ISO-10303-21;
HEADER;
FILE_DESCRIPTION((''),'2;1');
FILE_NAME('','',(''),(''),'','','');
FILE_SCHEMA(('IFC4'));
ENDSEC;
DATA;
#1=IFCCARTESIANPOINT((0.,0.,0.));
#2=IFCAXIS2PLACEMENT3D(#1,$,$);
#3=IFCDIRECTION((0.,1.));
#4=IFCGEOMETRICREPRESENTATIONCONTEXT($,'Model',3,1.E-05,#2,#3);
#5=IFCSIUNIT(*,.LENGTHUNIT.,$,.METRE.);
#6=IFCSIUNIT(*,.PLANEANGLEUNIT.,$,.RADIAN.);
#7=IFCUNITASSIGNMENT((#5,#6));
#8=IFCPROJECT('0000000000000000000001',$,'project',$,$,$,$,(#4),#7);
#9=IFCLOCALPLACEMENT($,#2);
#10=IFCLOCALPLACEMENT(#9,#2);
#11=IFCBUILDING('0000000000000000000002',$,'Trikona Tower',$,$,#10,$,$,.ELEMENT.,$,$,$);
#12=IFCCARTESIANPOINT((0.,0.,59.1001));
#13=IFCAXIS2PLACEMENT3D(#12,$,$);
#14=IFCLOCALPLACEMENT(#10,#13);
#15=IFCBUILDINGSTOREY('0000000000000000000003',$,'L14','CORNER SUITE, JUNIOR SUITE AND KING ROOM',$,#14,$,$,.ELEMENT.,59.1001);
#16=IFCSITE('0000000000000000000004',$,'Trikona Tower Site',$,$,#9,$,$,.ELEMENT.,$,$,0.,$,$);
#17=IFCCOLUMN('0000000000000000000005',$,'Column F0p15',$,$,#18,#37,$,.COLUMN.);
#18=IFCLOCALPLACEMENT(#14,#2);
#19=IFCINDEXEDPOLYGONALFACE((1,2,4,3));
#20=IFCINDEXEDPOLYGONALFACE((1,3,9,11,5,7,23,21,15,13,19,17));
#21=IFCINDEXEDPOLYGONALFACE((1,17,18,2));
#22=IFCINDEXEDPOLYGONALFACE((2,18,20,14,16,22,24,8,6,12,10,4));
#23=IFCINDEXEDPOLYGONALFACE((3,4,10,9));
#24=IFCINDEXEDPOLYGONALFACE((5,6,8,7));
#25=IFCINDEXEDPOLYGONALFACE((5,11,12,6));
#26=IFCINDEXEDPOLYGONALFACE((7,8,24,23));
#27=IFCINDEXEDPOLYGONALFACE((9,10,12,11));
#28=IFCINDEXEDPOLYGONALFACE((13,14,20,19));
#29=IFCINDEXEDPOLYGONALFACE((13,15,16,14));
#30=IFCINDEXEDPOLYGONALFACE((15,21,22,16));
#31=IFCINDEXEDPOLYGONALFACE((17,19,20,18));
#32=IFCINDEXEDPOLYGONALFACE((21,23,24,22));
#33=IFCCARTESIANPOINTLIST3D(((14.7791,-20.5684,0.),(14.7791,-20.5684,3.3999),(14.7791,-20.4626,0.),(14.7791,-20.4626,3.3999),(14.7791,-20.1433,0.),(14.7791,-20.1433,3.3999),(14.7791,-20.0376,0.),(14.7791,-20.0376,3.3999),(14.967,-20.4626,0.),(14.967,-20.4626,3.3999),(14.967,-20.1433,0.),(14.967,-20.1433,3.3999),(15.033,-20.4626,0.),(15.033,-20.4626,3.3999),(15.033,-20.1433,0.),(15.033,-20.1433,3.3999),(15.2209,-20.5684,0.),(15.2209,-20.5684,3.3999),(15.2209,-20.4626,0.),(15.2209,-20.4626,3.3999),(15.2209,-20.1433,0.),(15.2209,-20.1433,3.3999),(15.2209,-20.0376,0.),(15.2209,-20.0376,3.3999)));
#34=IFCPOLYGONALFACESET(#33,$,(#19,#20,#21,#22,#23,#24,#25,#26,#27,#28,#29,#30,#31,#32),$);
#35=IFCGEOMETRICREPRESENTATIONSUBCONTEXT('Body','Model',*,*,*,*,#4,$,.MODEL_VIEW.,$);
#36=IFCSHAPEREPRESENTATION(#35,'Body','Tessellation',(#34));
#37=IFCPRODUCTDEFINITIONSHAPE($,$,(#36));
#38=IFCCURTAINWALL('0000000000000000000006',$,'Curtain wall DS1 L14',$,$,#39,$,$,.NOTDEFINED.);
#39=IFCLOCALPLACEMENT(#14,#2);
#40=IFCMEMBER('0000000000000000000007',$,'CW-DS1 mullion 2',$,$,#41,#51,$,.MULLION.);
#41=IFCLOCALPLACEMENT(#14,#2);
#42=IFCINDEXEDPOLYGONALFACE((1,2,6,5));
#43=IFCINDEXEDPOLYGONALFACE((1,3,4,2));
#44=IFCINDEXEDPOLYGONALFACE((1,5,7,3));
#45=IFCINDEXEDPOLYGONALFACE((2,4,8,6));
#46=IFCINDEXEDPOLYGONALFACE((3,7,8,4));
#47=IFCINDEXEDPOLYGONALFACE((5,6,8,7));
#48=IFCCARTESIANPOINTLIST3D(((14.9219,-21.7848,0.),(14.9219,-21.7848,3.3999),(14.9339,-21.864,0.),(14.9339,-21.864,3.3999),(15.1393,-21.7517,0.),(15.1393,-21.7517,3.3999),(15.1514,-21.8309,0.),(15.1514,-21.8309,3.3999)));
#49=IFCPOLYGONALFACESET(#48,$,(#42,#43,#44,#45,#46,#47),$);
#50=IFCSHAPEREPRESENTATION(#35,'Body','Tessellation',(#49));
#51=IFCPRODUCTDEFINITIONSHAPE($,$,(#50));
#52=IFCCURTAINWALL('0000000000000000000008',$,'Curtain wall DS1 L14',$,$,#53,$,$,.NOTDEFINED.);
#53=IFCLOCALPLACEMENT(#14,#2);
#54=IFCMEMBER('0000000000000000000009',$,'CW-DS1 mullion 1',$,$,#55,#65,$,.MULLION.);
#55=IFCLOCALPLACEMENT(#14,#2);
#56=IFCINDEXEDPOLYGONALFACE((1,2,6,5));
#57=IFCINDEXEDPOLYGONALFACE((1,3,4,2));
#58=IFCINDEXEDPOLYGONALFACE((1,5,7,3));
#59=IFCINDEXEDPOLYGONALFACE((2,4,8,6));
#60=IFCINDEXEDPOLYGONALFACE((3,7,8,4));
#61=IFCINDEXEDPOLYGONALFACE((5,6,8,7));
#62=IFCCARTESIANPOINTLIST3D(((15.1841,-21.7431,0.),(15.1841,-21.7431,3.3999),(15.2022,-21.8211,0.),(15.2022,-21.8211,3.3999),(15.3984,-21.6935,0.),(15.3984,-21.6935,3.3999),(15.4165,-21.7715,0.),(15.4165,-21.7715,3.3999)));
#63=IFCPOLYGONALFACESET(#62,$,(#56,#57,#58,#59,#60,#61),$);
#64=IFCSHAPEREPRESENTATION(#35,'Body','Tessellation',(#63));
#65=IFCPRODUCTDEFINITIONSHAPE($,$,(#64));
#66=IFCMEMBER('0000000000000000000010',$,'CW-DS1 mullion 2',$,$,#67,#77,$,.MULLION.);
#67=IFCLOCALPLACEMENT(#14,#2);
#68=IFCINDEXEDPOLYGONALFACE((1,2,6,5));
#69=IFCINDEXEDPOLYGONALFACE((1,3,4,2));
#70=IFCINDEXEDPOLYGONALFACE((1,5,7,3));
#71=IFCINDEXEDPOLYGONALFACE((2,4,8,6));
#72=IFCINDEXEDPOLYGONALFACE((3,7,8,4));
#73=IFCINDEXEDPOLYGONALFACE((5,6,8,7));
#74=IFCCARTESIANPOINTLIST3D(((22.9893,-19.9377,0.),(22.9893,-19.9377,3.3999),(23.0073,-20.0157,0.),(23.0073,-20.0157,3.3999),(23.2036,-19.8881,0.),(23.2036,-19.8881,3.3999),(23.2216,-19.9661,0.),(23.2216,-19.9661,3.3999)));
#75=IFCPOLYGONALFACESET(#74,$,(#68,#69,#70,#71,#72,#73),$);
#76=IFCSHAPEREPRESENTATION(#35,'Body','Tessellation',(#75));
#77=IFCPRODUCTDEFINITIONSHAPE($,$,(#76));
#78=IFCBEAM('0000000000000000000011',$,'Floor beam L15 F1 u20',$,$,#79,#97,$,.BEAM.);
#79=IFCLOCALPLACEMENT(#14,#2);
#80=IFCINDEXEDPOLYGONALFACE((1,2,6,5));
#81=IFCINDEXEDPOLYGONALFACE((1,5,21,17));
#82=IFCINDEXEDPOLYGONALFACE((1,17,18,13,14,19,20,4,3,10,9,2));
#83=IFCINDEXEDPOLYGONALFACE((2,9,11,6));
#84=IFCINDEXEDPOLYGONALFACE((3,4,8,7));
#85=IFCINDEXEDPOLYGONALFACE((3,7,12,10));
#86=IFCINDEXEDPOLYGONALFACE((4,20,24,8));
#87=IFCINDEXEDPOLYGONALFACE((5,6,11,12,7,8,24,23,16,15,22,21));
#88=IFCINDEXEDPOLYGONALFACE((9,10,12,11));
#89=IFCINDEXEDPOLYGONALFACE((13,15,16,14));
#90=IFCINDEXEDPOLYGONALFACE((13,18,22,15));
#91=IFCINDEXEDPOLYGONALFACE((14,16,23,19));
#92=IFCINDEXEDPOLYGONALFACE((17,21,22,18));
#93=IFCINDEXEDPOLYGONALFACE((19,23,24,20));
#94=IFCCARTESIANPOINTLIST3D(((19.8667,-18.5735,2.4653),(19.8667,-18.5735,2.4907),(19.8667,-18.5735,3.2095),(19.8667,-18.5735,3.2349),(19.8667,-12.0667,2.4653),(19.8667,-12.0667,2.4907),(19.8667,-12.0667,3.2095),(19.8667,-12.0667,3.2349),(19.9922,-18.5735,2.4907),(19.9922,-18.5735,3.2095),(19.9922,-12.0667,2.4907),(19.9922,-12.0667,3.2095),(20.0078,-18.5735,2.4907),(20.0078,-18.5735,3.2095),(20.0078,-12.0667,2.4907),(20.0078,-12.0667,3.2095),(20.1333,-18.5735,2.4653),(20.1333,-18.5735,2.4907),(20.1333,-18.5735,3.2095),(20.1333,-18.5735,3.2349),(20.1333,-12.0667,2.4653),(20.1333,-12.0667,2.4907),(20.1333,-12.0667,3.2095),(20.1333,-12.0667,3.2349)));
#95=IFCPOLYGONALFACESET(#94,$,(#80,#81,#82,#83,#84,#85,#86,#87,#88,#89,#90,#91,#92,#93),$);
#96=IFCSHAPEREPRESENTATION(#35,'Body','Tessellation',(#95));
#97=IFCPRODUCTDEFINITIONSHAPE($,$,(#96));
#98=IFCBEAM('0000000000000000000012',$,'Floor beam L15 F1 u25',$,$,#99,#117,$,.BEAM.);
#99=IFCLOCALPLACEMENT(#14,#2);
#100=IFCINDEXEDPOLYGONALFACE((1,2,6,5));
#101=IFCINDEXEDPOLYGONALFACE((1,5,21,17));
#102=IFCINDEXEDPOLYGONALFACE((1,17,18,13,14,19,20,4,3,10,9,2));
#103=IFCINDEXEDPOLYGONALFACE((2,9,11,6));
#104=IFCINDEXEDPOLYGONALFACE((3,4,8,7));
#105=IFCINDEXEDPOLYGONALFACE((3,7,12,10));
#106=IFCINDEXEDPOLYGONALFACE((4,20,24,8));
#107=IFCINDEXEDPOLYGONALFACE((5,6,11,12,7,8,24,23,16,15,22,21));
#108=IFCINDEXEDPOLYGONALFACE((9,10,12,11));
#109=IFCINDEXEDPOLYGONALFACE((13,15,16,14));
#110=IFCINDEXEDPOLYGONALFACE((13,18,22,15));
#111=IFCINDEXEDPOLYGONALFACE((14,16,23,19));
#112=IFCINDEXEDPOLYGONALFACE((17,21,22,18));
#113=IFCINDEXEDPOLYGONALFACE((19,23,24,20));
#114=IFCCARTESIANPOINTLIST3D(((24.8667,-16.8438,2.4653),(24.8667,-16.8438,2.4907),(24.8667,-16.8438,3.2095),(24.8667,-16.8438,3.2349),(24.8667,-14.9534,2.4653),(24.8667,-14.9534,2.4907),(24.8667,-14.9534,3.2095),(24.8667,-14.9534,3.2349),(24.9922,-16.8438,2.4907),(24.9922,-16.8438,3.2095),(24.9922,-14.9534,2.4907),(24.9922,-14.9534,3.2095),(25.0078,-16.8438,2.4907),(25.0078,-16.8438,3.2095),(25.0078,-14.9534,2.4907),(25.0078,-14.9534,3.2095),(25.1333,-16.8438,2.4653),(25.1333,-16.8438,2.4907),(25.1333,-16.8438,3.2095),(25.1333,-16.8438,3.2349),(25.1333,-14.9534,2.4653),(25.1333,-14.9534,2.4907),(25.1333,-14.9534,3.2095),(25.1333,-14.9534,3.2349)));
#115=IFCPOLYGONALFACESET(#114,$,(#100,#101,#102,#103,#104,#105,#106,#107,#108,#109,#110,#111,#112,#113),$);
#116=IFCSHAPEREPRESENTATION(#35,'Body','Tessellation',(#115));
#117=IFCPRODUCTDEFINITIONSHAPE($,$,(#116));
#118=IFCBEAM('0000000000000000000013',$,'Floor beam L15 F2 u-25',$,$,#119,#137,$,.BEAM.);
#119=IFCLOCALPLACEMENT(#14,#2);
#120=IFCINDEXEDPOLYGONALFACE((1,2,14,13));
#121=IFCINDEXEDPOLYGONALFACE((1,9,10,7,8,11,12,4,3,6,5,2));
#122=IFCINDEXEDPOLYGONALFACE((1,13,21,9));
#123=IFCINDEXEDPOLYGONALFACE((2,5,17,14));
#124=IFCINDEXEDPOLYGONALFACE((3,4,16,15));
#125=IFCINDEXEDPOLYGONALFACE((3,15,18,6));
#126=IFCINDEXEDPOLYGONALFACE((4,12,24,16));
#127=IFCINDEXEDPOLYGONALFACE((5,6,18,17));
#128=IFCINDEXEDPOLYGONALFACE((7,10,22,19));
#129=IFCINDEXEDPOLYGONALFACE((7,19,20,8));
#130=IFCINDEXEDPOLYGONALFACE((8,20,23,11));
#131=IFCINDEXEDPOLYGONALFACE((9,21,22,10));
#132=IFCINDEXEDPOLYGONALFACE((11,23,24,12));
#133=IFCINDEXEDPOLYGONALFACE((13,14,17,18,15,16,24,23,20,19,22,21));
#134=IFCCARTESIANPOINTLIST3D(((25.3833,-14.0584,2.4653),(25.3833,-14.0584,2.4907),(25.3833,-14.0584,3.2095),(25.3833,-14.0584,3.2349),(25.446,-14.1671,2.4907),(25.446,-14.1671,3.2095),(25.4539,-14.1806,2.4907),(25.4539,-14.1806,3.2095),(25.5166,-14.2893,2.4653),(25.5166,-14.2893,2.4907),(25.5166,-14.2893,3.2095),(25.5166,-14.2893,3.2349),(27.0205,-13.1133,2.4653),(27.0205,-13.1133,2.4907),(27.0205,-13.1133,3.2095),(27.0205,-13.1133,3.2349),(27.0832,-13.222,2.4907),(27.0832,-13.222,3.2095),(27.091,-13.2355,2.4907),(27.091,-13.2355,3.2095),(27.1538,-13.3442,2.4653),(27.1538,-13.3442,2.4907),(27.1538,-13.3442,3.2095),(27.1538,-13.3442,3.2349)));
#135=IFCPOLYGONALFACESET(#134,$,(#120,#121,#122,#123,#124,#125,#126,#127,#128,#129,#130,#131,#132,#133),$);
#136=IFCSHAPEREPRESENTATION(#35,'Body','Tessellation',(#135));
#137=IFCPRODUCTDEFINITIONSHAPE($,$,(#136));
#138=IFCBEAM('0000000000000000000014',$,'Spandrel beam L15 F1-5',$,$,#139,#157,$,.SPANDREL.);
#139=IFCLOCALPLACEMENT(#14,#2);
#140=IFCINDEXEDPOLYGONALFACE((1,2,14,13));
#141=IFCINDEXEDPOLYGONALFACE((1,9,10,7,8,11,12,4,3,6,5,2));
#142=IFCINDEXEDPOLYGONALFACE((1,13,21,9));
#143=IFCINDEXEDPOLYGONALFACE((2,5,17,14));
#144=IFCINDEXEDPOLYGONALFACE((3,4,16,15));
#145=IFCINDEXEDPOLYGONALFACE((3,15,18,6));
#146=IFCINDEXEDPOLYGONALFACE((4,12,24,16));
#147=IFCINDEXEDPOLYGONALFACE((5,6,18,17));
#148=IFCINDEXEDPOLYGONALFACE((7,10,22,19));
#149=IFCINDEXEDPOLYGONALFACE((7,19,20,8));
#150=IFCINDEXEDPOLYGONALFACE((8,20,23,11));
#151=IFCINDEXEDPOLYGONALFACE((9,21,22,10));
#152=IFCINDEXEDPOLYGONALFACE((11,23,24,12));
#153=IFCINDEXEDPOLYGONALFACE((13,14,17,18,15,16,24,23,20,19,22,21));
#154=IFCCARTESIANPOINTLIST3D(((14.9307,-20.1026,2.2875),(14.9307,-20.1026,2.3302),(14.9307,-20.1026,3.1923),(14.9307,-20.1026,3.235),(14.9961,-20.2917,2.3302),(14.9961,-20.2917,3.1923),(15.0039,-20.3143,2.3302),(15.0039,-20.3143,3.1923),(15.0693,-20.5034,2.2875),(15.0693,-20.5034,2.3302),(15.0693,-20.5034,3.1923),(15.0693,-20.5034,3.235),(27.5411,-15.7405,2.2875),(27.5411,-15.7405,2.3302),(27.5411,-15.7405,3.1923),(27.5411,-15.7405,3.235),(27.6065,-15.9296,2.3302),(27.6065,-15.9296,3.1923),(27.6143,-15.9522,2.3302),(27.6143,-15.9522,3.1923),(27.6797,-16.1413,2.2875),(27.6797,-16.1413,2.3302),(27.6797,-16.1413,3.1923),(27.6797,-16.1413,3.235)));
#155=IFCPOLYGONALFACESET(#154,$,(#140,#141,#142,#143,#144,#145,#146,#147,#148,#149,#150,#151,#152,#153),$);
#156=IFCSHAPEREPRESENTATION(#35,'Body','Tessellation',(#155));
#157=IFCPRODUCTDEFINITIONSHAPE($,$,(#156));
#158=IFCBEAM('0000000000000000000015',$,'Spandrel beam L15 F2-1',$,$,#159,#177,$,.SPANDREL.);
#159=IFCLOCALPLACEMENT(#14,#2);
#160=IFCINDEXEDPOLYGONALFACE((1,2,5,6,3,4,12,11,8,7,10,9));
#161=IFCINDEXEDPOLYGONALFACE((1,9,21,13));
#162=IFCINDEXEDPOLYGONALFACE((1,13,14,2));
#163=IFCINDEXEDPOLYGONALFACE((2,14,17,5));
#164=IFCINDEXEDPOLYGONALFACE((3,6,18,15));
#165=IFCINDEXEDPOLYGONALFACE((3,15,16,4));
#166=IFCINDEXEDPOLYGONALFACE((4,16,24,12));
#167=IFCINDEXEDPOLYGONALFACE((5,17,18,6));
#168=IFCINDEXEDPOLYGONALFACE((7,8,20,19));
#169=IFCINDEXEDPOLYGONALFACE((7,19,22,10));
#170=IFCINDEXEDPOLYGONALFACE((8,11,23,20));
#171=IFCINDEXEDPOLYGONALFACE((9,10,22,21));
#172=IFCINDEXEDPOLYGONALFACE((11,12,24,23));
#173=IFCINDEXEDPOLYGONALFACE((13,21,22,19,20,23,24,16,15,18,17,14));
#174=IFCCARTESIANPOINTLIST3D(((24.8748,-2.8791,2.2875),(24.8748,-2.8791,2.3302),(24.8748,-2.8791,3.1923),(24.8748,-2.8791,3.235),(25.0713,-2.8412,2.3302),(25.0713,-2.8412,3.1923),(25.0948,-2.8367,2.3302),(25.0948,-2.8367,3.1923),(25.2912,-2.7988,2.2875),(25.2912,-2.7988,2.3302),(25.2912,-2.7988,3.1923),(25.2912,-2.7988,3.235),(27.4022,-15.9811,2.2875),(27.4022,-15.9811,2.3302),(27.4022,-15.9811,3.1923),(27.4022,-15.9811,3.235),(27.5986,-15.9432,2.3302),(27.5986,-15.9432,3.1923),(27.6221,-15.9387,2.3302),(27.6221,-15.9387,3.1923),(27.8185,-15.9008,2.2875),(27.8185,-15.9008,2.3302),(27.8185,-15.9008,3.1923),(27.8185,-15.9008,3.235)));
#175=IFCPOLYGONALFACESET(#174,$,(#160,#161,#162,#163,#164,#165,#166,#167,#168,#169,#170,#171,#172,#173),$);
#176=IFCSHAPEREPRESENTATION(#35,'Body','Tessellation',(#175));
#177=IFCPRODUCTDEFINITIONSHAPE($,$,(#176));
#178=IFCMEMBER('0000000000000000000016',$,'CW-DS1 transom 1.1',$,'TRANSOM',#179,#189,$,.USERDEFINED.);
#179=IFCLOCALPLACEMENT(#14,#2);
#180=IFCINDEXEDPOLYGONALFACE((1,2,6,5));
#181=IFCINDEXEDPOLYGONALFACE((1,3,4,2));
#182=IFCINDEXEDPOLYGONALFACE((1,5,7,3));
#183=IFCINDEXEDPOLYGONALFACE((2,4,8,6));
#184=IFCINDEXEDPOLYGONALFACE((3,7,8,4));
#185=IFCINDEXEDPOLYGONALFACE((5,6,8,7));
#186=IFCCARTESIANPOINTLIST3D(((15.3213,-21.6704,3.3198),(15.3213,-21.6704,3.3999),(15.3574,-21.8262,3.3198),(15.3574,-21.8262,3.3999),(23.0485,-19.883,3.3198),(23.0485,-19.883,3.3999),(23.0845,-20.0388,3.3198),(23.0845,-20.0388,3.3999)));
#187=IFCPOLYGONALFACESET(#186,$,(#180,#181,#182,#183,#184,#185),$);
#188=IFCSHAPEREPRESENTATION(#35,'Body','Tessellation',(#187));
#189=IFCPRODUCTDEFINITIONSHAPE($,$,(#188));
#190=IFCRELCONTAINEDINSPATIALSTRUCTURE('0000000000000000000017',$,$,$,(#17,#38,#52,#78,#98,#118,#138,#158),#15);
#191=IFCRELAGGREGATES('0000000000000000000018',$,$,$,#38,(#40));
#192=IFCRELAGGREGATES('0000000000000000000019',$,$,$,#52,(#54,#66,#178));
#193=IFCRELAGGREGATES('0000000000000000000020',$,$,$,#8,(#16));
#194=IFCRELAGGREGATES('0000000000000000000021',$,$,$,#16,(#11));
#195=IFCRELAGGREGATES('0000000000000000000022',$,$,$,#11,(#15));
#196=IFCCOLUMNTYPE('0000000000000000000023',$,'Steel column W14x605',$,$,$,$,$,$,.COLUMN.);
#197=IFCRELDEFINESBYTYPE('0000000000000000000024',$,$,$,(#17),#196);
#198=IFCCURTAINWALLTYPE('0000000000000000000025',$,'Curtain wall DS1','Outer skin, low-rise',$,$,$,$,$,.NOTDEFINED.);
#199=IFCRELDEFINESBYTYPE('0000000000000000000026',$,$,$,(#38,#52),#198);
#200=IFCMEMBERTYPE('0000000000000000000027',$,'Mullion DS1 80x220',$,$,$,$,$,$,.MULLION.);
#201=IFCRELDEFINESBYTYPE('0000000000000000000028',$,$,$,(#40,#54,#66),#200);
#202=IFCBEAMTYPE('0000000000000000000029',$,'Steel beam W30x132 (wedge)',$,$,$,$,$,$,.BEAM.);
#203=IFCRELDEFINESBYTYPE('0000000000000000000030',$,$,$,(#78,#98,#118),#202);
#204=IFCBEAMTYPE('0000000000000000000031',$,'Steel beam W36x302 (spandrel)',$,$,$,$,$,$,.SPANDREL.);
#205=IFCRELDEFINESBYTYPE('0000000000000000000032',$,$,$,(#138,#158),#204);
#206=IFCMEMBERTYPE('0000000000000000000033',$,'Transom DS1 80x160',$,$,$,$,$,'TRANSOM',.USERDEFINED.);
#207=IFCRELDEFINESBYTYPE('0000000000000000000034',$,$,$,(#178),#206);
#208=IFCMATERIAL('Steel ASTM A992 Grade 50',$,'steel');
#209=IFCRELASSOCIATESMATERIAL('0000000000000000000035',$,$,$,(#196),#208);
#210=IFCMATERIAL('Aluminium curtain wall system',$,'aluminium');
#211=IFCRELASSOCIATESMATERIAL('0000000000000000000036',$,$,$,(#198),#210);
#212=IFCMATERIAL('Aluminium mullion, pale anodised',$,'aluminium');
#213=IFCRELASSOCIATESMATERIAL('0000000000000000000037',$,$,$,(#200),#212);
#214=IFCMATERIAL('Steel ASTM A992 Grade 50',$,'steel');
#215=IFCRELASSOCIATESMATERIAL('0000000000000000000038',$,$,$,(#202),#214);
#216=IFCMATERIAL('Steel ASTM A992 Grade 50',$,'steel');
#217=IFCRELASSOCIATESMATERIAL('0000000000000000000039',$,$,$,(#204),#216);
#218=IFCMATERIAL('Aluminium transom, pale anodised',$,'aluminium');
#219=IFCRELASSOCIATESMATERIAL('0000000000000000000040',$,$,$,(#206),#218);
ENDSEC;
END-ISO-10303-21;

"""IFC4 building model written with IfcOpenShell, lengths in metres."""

from ifc_helpers import new_model, si_unit, direction, frame, origin, origin_2d, place, context, subcontext, project, spatial, rectangle, i_section, extrude, material, material_profile, profile_set, type_object, element, aggregate, save


model = new_model("IFC4")

# Units and contexts
model_context = context("Model", 3, precision=1e-05, world=origin(), true_north=direction((0.0, 1.0)))
body_context = subcontext(model_context, "Body", "Model", "MODEL_VIEW")
ifc_project = project(units=[si_unit("LENGTHUNIT", "METRE"), si_unit("PLANEANGLEUNIT", "RADIAN")], contexts=[model_context])

# Site, building, storey
site_placement = place(None, origin())
site = spatial("IfcSite", under=ifc_project, at=site_placement, Name="Trikona Tower Site", CompositionType="ELEMENT", RefElevation=0.0)
building_placement = place(site_placement, origin())
building = spatial("IfcBuilding", under=site, at=building_placement, Name="Trikona Tower", CompositionType="ELEMENT")
storey_placement = place(building_placement, frame((0.0, 0.0, 59.1001)))
storey = spatial("IfcBuildingStorey", under=building, at=storey_placement, Name="L14", Description="CORNER SUITE, JUNIOR SUITE AND KING ROOM", CompositionType="ELEMENT", Elevation=59.1001)

# Column
ifc_material_1 = material(Name="Steel ASTM A992 Grade 50", Category="steel")
ifc_material_profile_1 = material_profile(ifc_material_1, i_section(OverallWidth=0.4419, OverallDepth=0.5308, WebThickness=0.0659, FlangeThickness=0.1057, at=origin_2d()), Name="W14X605")
ifc_profile_set_1 = profile_set([ifc_material_profile_1], Name="Steel ASTM A992 Grade 50")
column_type = type_object("IfcColumnType", Name="Steel column W14x605", PredefinedType="COLUMN", material=ifc_profile_set_1)
column_placement = place(storey_placement, frame((15.0, -20.303, 0.0), z_axis=(0.0, 0.0, 1.0), x_axis=(1.0, 0.0, 0.0)))
element("IfcColumn", 1, at=column_placement, inside=storey, type_object=column_type, Name="Column F0p15", PredefinedType="COLUMN", context=body_context, shape_type="SweptSolid", body=[
    extrude(i_section(OverallWidth=0.4419, OverallDepth=0.5308, WebThickness=0.0659, FlangeThickness=0.1057, at=origin_2d()), origin(), (0.0, 0.0, 1.0), 3.3999),
])

# Curtain wall, member
ifc_material_2 = material(Name="Aluminium curtain wall system", Category="aluminium")
curtain_wall_type = type_object("IfcCurtainWallType", Name="Curtain wall DS1", Description="Outer skin, low-rise", PredefinedType="NOTDEFINED", material=ifc_material_2)
curtain_wall_1_placement = place(storey_placement, origin())
curtain_wall_1 = element("IfcCurtainWall", 2, at=curtain_wall_1_placement, inside=storey, type_object=curtain_wall_type, Name="Curtain wall DS1 L14", PredefinedType="NOTDEFINED")
ifc_material_3 = material(Name="Aluminium mullion, pale anodised", Category="aluminium")
ifc_material_profile_2 = material_profile(ifc_material_3, rectangle(XDim=0.0801, YDim=0.22, at=origin_2d()), Name="MUL-DS1")
ifc_profile_set_2 = profile_set([ifc_material_profile_2], Name="Aluminium mullion, pale anodised")
member_type_1 = type_object("IfcMemberType", Name="Mullion DS1 80x220", PredefinedType="MULLION", material=ifc_profile_set_2)
member_1_placement = place(storey_placement, frame((15.0366, -21.8079, 0.0), z_axis=(0.0, 0.0, 1.0), x_axis=(-0.150438, 0.988619, 0.0)))
member_1 = element("IfcMember", 3, at=member_1_placement, type_object=member_type_1, Name="CW-DS1 mullion 2", PredefinedType="MULLION", context=body_context, shape_type="SweptSolid", body=[
    extrude(rectangle(XDim=0.0801, YDim=0.22, at=origin_2d()), origin(), (0.0, 0.0, 1.0), 3.3999),
])
aggregate(curtain_wall_1, [member_1])

# Curtain wall, members
curtain_wall_2_placement = place(storey_placement, origin())
curtain_wall_2 = element("IfcCurtainWall", 4, at=curtain_wall_2_placement, inside=storey, type_object=curtain_wall_type, Name="Curtain wall DS1 L14", PredefinedType="NOTDEFINED")
member_2_placement = place(storey_placement, frame((15.3003, -21.7573, 0.0), z_axis=(0.0, 0.0, 1.0), x_axis=(-0.225343, 0.974279, 0.0)))
member_2 = element("IfcMember", 5, at=member_2_placement, type_object=member_type_1, Name="CW-DS1 mullion 1", PredefinedType="MULLION", context=body_context, shape_type="SweptSolid", body=[
    extrude(rectangle(XDim=0.0801, YDim=0.22, at=origin_2d()), origin(), (0.0, 0.0, 1.0), 3.3999),
])
member_3_placement = place(storey_placement, frame((23.1055, -19.9519, 0.0), z_axis=(0.0, 0.0, 1.0), x_axis=(-0.225343, 0.974279, 0.0)))
member_3 = element("IfcMember", 6, at=member_3_placement, type_object=member_type_1, Name="CW-DS1 mullion 2", PredefinedType="MULLION", context=body_context, shape_type="SweptSolid", body=[
    extrude(rectangle(XDim=0.0801, YDim=0.22, at=origin_2d()), origin(), (0.0, 0.0, 1.0), 3.3999),
])

# Beams
ifc_material_4 = material(Name="Steel ASTM A992 Grade 50", Category="steel")
ifc_material_profile_3 = material_profile(ifc_material_4, i_section(OverallWidth=0.2666, OverallDepth=0.7695, WebThickness=0.0156, FlangeThickness=0.0254, at=origin_2d()), Name="W30X132")
ifc_profile_set_3 = profile_set([ifc_material_profile_3], Name="Steel ASTM A992 Grade 50")
beam_type_1 = type_object("IfcBeamType", Name="Steel beam W30x132 (wedge)", PredefinedType="BEAM", material=ifc_profile_set_3)
beam_placement = place(storey_placement, frame((20.0, -12.0667, 2.8501), z_axis=(0.0, -1.0, 0.0), x_axis=(1.0, 0.0, 0.0)))
element("IfcBeam", 7, at=beam_placement, inside=storey, type_object=beam_type_1, Name="Floor beam L15 F1 u20", PredefinedType="BEAM", context=body_context, shape_type="SweptSolid", body=[
    extrude(i_section(OverallWidth=0.2666, OverallDepth=0.7695, WebThickness=0.0156, FlangeThickness=0.0254, at=origin_2d()), origin(), (0.0, 0.0, 1.0), 6.5068),
])
for number, where, z_axis, x_axis, name in (
    (8, (25.0, -14.9534, 2.8501), (0.0, -1.0, 0.0), (1.0, 0.0, 0.0), "Floor beam L15 F1 u25"),
    (9, (25.45, -14.1738, 2.8501), (0.866065, 0.499931, 0.0), (-0.499931, 0.866065, 0.0), "Floor beam L15 F2 u-25"),
):
    element("IfcBeam", number, at=place(storey_placement, frame(where, z_axis=z_axis, x_axis=x_axis)), inside=storey, type_object=beam_type_1, Name=name, PredefinedType="BEAM", context=body_context, shape_type="SweptSolid", body=[
        extrude(i_section(OverallWidth=0.2666, OverallDepth=0.7695, WebThickness=0.0156, FlangeThickness=0.0254, at=origin_2d()), origin(), (0.0, 0.0, 1.0), 1.8904),
    ])
ifc_material_5 = material(Name="Steel ASTM A992 Grade 50", Category="steel")
ifc_material_profile_4 = material_profile(ifc_material_5, i_section(OverallWidth=0.4241, OverallDepth=0.9475, WebThickness=0.0239, FlangeThickness=0.0427, at=origin_2d()), Name="W36X302")
ifc_profile_set_4 = profile_set([ifc_material_profile_4], Name="Steel ASTM A992 Grade 50")
beam_type_2 = type_object("IfcBeamType", Name="Steel beam W36x302 (spandrel)", PredefinedType="SPANDREL", material=ifc_profile_set_4)
for number, where, z_axis, x_axis, name in (
    (10, (15.0, -20.303, 2.7612), (0.945057, 0.326906, 0.0), (-0.326906, 0.945057, 0.0), "Spandrel beam L15 F1-5"),
    (11, (27.6104, -15.9409, 2.7612), (-0.189405, 0.981899, 0.0), (-0.981899, -0.189405, 0.0), "Spandrel beam L15 F2-1"),
):
    element("IfcBeam", number, at=place(storey_placement, frame(where, z_axis=z_axis, x_axis=x_axis)), inside=storey, type_object=beam_type_2, Name=name, PredefinedType="SPANDREL", context=body_context, shape_type="SweptSolid", body=[
        extrude(i_section(OverallWidth=0.4241, OverallDepth=0.9475, WebThickness=0.0239, FlangeThickness=0.0427, at=origin_2d()), origin(), (0.0, 0.0, 1.0), 13.3435),
    ])

# Member
ifc_material_6 = material(Name="Aluminium transom, pale anodised", Category="aluminium")
ifc_material_profile_5 = material_profile(ifc_material_6, rectangle(XDim=0.1599, YDim=0.0801, at=origin_2d()), Name="TRN-DS1")
ifc_profile_set_5 = profile_set([ifc_material_profile_5], Name="Aluminium transom, pale anodised")
member_type_2 = type_object("IfcMemberType", Name="Transom DS1 80x160", ElementType="TRANSOM", PredefinedType="USERDEFINED", material=ifc_profile_set_5)
member_4_placement = place(storey_placement, frame((15.3394, -21.7483, 3.3599), z_axis=(0.974275, 0.225361, 0.0), x_axis=(-0.225361, 0.974275, 0.0)))
member_4 = element("IfcMember", 12, at=member_4_placement, type_object=member_type_2, Name="CW-DS1 transom 1.1", ObjectType="TRANSOM", PredefinedType="USERDEFINED", context=body_context, shape_type="SweptSolid", body=[
    extrude(rectangle(XDim=0.1599, YDim=0.0801, at=origin_2d()), origin(), (0.0, 0.0, 1.0), 7.9312),
])

aggregate(curtain_wall_2, [member_2, member_3, member_4])

save(model, "model.ifc")
